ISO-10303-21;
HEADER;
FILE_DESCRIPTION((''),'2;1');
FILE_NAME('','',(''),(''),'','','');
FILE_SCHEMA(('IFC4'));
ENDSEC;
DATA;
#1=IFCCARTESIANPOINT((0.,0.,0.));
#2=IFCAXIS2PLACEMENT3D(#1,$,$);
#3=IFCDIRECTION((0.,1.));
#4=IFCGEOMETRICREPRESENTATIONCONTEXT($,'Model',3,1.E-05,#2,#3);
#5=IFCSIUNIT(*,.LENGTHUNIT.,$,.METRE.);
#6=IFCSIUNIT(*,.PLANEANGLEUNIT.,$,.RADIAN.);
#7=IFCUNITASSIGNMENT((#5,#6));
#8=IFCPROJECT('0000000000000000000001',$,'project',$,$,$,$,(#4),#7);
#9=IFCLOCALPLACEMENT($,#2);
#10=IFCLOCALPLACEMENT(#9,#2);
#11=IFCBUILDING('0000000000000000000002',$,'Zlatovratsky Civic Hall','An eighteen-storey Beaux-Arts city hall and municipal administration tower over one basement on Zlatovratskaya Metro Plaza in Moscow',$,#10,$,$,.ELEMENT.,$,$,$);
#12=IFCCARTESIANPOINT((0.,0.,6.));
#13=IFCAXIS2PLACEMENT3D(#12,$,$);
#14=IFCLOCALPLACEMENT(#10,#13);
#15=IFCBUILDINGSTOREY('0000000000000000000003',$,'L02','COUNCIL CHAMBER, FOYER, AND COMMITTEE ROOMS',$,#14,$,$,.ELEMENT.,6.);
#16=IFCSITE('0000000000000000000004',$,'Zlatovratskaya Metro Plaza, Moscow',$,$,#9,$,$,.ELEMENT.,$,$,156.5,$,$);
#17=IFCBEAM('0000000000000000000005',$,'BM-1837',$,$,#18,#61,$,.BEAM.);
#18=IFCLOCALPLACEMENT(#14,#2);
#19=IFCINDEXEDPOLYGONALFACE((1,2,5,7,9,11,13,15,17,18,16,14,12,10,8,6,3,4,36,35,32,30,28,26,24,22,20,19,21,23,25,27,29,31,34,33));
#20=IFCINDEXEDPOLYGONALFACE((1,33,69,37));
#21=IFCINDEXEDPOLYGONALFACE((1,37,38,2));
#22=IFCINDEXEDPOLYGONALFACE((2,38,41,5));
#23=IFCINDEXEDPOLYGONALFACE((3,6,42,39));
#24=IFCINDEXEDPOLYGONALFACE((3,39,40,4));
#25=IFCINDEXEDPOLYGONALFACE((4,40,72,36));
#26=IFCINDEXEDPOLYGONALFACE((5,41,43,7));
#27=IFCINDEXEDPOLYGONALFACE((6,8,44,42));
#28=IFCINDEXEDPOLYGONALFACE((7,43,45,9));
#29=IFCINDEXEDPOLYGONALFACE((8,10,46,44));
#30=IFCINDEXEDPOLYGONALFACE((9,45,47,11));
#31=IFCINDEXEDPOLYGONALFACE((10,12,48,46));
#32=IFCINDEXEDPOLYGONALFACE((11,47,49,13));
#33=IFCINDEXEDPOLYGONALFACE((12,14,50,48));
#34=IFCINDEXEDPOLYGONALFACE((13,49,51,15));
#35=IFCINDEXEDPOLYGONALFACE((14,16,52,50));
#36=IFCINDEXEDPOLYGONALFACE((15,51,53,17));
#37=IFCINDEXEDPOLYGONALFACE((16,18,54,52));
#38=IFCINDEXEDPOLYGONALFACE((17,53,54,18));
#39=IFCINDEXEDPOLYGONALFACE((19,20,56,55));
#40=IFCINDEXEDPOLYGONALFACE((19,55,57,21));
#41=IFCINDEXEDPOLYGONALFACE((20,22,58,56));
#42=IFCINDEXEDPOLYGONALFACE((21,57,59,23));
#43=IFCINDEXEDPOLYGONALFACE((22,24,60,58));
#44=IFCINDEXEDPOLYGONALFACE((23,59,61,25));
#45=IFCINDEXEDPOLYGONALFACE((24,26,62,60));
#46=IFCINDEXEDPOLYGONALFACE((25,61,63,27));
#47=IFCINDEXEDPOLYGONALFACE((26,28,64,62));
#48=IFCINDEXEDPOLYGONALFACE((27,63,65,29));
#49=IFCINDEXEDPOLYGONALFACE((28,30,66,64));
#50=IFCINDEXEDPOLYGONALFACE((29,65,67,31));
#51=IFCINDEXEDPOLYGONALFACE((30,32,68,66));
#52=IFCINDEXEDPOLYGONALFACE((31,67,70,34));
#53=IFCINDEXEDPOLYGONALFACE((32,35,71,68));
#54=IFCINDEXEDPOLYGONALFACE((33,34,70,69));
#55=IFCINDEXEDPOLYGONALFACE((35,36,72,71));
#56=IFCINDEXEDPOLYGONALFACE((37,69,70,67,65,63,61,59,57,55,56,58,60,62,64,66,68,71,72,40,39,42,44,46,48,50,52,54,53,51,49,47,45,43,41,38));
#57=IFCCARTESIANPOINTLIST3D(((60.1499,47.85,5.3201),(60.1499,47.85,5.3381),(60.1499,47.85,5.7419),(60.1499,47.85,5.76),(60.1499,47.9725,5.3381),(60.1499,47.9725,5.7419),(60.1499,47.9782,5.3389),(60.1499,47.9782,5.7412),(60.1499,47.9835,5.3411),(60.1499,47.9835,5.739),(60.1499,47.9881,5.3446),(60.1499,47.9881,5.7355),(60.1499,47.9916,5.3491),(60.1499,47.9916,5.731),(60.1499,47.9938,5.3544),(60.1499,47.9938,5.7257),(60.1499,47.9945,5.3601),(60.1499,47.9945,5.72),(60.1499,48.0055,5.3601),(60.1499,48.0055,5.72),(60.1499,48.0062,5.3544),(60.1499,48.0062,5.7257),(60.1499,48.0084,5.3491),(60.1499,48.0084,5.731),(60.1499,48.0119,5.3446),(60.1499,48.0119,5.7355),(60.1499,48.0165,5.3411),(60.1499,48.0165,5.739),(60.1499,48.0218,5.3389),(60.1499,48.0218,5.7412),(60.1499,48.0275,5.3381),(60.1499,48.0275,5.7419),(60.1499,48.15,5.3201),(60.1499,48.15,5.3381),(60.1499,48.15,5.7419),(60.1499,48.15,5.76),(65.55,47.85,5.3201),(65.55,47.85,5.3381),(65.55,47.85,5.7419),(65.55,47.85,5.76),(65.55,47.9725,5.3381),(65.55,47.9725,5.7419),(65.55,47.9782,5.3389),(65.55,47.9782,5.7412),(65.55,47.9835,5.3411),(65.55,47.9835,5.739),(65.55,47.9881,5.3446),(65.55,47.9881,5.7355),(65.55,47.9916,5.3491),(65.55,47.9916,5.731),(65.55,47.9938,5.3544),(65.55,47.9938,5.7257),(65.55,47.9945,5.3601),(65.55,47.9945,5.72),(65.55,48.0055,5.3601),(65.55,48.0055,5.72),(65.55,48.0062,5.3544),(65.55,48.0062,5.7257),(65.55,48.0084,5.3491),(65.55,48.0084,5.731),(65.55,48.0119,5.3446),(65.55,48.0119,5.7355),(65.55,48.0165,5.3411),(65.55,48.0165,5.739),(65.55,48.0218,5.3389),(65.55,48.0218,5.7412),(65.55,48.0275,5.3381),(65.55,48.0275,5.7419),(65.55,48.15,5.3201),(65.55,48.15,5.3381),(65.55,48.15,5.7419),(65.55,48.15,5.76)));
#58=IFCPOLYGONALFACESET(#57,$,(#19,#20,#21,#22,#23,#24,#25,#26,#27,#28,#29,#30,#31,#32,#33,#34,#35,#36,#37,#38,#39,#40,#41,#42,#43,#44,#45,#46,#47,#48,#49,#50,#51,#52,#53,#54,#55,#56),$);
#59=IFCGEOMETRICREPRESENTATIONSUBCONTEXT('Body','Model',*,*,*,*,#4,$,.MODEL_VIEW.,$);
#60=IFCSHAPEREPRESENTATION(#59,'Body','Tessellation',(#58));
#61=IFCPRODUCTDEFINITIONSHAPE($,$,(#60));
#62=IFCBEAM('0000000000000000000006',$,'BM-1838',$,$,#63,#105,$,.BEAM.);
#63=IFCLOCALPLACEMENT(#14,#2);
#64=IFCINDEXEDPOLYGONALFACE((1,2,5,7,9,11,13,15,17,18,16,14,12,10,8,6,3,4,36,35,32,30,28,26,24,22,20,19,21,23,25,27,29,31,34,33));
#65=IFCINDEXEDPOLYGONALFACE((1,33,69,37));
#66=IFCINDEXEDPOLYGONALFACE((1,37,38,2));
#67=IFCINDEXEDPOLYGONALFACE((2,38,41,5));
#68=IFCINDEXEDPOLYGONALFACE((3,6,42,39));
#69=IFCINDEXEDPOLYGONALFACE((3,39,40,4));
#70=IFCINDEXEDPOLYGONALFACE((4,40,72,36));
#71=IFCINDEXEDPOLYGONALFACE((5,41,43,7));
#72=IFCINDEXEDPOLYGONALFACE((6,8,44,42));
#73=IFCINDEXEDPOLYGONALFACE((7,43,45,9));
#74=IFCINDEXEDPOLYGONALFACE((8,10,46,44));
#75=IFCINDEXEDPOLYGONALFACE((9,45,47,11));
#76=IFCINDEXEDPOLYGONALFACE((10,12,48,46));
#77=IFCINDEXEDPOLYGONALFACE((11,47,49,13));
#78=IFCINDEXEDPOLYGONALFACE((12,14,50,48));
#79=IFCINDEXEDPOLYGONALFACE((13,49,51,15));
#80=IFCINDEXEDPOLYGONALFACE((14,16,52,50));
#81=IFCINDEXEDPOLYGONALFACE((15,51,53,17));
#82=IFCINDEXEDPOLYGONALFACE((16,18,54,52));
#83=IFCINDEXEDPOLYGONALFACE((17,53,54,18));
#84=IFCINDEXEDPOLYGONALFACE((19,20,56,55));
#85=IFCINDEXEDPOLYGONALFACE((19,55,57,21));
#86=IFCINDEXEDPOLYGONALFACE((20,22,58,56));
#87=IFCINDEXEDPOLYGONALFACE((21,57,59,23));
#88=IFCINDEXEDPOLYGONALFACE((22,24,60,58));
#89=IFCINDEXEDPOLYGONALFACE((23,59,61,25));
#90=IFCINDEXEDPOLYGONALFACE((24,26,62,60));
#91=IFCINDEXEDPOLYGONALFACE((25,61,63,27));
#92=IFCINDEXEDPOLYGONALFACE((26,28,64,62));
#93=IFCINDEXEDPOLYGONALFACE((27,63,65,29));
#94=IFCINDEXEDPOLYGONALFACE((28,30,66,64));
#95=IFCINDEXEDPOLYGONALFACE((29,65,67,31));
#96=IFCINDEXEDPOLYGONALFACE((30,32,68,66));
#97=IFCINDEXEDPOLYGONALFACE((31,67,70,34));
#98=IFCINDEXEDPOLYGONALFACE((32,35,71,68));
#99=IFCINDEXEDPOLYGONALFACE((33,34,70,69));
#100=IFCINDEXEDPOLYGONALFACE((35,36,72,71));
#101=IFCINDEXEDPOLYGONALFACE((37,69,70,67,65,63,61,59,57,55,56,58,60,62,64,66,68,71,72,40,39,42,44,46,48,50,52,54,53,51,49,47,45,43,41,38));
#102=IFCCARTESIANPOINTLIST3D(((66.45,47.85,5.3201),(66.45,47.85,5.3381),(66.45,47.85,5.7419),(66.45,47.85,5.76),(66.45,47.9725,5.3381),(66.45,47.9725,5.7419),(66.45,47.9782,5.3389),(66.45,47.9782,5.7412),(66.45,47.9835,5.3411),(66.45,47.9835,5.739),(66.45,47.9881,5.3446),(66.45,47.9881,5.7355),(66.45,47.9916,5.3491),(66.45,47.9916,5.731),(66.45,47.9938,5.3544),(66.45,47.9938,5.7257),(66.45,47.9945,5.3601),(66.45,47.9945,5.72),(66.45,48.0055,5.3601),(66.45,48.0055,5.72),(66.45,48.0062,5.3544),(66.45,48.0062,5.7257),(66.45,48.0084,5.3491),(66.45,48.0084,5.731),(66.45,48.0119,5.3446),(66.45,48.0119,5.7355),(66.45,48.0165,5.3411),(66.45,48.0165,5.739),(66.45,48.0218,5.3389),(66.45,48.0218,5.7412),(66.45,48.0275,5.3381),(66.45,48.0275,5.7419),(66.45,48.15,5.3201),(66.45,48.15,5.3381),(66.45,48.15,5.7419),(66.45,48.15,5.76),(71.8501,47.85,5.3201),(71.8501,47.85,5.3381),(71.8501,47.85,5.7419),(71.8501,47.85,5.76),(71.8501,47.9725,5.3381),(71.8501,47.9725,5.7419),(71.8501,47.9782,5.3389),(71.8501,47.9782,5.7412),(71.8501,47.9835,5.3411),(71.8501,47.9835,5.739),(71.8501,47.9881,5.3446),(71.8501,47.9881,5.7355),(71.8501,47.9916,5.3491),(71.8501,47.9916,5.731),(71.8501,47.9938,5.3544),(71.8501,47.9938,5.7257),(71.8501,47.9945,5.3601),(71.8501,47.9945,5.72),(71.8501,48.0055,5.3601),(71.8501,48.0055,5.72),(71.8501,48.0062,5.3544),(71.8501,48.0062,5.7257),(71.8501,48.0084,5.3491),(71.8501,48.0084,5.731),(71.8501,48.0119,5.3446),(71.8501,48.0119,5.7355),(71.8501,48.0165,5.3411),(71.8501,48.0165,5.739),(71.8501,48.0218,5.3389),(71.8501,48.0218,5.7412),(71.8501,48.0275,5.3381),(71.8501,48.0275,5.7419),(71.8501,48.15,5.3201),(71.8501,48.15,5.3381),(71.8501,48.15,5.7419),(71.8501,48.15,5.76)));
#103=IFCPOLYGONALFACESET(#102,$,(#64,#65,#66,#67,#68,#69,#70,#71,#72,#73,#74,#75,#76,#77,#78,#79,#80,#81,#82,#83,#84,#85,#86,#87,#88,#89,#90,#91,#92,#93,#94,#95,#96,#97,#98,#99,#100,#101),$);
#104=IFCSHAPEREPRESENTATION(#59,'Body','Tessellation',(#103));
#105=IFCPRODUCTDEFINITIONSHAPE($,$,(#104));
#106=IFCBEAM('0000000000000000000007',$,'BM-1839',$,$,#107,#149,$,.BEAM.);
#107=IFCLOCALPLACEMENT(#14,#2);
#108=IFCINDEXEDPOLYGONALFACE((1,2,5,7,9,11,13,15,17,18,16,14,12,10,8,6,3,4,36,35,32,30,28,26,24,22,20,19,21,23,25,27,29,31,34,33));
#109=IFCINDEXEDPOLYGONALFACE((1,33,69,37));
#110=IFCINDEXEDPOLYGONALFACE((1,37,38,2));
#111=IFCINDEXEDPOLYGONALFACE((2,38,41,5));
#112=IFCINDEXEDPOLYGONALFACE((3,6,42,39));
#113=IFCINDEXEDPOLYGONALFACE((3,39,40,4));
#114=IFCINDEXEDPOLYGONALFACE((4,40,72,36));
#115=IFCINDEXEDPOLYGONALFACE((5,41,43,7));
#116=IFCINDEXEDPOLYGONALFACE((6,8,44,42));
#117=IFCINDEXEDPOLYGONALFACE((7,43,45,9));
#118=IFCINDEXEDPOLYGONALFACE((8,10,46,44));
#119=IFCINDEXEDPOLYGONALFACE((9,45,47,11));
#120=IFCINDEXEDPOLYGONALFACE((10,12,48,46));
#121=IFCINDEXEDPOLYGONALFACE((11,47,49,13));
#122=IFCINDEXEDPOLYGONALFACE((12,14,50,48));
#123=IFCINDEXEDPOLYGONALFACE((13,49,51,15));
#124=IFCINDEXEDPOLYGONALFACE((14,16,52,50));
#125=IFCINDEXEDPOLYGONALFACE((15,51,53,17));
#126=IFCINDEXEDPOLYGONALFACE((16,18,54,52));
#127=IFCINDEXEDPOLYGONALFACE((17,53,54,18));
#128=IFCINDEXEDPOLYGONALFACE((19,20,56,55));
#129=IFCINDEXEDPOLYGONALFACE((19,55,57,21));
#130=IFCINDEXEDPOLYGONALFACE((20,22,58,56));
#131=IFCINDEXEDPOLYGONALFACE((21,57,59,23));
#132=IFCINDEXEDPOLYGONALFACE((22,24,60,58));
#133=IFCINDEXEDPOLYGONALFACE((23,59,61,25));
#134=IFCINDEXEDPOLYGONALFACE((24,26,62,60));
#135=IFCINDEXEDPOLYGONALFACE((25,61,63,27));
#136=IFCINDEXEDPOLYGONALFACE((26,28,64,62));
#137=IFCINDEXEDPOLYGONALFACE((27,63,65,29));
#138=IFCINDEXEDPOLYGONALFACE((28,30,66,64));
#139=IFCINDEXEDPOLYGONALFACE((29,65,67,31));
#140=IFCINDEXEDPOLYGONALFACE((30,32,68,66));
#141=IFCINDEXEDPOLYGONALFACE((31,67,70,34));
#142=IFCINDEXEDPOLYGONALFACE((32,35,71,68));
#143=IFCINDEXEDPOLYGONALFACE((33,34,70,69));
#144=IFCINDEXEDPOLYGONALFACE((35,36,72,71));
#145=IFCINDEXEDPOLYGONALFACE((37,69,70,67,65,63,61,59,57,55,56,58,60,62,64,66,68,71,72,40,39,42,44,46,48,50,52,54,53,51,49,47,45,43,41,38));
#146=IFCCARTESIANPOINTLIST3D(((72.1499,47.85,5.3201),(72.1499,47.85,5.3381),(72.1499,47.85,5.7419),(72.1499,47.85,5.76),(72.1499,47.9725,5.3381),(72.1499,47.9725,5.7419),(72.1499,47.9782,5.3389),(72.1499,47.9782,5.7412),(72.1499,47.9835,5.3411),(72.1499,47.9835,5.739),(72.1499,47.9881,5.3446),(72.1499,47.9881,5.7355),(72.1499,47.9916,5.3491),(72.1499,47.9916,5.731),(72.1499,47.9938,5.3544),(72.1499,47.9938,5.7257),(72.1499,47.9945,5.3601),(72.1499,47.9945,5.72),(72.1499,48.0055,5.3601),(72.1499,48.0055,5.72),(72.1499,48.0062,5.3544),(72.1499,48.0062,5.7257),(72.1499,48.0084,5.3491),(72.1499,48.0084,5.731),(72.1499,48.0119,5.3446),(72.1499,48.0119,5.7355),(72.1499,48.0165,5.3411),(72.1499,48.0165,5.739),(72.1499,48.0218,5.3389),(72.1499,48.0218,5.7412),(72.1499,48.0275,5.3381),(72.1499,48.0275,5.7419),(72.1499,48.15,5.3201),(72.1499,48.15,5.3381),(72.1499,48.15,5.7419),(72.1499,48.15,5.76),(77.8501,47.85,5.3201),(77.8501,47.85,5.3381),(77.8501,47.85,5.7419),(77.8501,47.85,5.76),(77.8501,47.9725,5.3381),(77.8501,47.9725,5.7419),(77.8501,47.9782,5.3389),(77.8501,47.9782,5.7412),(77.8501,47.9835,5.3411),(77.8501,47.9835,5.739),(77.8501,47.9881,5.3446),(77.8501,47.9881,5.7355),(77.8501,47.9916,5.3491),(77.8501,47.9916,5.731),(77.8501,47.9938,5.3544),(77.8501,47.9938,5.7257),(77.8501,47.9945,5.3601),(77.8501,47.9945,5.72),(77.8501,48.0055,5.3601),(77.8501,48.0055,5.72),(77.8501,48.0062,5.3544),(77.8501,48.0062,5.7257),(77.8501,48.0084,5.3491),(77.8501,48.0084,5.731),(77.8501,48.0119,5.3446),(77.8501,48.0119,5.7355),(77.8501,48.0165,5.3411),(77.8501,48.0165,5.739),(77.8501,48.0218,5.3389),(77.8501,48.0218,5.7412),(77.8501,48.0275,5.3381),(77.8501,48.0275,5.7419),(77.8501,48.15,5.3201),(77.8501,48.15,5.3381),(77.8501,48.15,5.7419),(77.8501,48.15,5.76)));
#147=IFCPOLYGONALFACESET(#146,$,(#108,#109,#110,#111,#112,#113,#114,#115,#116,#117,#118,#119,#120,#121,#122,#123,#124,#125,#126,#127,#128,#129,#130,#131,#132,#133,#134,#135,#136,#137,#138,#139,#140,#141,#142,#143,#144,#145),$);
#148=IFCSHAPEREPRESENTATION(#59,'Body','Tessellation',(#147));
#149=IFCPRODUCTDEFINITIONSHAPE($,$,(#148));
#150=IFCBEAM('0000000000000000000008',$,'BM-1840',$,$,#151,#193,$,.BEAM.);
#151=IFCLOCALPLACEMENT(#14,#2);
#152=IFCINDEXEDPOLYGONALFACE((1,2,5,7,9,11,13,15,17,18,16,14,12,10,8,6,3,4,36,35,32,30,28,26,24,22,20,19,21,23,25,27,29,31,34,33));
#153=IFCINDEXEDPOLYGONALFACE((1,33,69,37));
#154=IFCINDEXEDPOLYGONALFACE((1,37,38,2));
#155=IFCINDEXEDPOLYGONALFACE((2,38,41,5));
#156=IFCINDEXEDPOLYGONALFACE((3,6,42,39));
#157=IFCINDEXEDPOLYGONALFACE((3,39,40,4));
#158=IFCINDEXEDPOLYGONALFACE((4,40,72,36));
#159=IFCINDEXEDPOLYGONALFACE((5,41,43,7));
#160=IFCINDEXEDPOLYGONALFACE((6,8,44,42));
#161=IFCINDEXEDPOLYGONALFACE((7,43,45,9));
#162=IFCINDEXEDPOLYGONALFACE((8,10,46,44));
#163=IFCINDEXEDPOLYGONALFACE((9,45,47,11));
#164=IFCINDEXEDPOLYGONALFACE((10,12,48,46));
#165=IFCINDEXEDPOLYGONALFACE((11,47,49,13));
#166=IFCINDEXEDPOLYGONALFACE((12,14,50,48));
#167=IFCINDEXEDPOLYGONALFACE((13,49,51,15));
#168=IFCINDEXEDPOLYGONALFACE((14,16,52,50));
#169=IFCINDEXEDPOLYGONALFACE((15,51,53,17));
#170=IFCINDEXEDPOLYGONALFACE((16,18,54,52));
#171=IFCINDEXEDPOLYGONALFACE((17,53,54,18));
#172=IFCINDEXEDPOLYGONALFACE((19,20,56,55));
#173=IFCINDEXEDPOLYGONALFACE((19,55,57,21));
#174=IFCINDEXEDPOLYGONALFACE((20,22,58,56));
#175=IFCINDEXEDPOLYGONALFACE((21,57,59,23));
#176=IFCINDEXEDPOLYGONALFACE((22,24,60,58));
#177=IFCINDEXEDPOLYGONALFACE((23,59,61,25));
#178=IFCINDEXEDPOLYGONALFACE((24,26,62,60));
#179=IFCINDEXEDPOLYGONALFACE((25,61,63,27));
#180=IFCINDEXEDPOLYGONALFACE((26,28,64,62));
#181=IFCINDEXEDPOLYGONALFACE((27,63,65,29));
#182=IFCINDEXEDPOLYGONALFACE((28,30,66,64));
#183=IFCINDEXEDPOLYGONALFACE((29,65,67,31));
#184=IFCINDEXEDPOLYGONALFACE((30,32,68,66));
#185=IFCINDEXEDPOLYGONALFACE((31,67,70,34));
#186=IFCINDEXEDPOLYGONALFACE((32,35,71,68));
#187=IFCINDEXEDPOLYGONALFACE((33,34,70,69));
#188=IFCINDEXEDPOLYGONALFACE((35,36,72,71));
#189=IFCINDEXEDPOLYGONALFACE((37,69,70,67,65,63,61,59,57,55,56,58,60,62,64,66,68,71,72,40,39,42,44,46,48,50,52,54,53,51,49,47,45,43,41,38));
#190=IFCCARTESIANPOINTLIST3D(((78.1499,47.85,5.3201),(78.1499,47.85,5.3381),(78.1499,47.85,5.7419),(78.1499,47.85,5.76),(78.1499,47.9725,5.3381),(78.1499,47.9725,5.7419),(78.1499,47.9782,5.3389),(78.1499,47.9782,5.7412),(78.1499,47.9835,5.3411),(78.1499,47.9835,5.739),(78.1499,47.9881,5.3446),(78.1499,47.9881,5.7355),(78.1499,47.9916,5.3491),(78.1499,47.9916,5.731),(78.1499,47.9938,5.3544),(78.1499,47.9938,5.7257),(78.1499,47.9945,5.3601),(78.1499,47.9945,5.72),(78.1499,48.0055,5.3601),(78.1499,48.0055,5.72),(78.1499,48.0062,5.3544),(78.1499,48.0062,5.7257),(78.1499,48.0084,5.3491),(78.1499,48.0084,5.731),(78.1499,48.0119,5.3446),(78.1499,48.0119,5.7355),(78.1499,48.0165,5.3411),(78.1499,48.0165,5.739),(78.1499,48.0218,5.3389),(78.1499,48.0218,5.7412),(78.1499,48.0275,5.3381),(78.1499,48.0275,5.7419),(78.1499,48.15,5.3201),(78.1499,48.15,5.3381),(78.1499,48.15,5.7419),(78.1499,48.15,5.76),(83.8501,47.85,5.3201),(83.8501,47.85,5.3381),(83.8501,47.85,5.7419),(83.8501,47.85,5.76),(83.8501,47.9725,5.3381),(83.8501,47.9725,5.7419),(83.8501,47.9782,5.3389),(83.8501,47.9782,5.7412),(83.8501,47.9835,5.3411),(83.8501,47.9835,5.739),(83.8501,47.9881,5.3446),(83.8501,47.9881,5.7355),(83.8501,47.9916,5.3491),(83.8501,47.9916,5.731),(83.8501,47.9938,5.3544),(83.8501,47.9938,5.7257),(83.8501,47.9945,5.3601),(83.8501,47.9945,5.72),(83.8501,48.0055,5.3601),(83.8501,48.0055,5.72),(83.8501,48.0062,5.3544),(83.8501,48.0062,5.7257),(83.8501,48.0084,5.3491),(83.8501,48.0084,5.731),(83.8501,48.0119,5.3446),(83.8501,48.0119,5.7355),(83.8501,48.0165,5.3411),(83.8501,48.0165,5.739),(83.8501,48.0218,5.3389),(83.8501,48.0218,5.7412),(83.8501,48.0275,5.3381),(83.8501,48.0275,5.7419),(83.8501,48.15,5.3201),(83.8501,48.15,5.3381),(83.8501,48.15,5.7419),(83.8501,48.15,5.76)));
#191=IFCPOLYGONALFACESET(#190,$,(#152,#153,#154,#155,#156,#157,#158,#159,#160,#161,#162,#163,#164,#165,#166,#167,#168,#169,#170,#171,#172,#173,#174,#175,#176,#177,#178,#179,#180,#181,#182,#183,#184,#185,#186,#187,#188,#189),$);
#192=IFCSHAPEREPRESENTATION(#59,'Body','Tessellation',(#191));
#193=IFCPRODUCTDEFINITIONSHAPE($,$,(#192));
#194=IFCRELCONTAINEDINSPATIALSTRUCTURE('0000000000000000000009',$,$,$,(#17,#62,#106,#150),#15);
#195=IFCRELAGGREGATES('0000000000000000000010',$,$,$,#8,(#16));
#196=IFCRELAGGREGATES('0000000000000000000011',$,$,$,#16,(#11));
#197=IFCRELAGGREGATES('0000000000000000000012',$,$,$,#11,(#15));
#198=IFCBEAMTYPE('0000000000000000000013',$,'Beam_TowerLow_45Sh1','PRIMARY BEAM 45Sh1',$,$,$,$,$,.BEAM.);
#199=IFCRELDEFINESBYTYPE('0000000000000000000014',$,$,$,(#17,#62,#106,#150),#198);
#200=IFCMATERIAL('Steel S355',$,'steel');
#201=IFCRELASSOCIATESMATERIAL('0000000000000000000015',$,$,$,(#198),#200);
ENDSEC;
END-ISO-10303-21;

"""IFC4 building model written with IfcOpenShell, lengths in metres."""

from ifc_helpers import new_model, si_unit, direction, frame, origin, origin_2d, place, context, subcontext, project, spatial, i_section, extrude, material, material_profile, profile_set, type_object, element, save


model = new_model("IFC4")

# Units and contexts
model_context = context("Model", 3, precision=1e-05, world=origin(), true_north=direction((0.0, 1.0)))
body_context = subcontext(model_context, "Body", "Model", "MODEL_VIEW")
ifc_project = project(units=[si_unit("LENGTHUNIT", "METRE"), si_unit("PLANEANGLEUNIT", "RADIAN")], contexts=[model_context])

# Site, building, storey
site_placement = place(None, origin())
site = spatial("IfcSite", under=ifc_project, at=site_placement, Name="Zlatovratskaya Metro Plaza, Moscow", CompositionType="ELEMENT", RefElevation=156.5)
building_placement = place(site_placement, origin())
building = spatial("IfcBuilding", under=site, at=building_placement, Name="Zlatovratsky Civic Hall", Description="An eighteen-storey Beaux-Arts city hall and municipal administration tower over one basement on Zlatovratskaya Metro Plaza in Moscow", CompositionType="ELEMENT")
storey_placement = place(building_placement, frame((0.0, 0.0, 6.0)))
storey = spatial("IfcBuildingStorey", under=building, at=storey_placement, Name="L02", Description="COUNCIL CHAMBER, FOYER, AND COMMITTEE ROOMS", CompositionType="ELEMENT", Elevation=6.0)

# Shared definitions
ifc_material_1 = material(Name="Steel S355", Category="steel")

# Beams
ifc_material_profile_1 = material_profile(ifc_material_1, i_section(OverallWidth=0.3, OverallDepth=0.4399, WebThickness=0.011, FlangeThickness=0.0181, FilletRadius=0.022, at=origin_2d()), Name="45Sh1")
ifc_profile_set_1 = profile_set([ifc_material_profile_1], Name="Steel S355")
beam_type = type_object("IfcBeamType", Name="Beam_TowerLow_45Sh1", Description="PRIMARY BEAM 45Sh1", PredefinedType="BEAM", material=ifc_profile_set_1)
for number, where, z_axis, x_axis, name in (
    (1, (60.1499, 48.0, 5.54), (1.0, 0.0, 0.0), (0.0, 1.0, 0.0), "BM-1837"),
    (2, (66.45, 48.0, 5.54), (1.0, 0.0, 0.0), (0.0, 1.0, 0.0), "BM-1838"),
):
    element("IfcBeam", number, at=place(storey_placement, frame(where, z_axis=z_axis, x_axis=x_axis)), inside=storey, type_object=beam_type, Name=name, PredefinedType="BEAM", context=body_context, shape_type="SweptSolid", body=[
        extrude(i_section(OverallWidth=0.3, OverallDepth=0.4399, WebThickness=0.011, FlangeThickness=0.0181, FilletRadius=0.022, at=origin_2d()), origin(), (0.0, 0.0, 1.0), 5.4001),
    ])
for number, where, z_axis, x_axis, name in (
    (3, (72.1499, 48.0, 5.54), (1.0, 0.0, 0.0), (0.0, 1.0, 0.0), "BM-1839"),
    (4, (78.1499, 48.0, 5.54), (1.0, 0.0, 0.0), (0.0, 1.0, 0.0), "BM-1840"),
):
    element("IfcBeam", number, at=place(storey_placement, frame(where, z_axis=z_axis, x_axis=x_axis)), inside=storey, type_object=beam_type, Name=name, PredefinedType="BEAM", context=body_context, shape_type="SweptSolid", body=[
        extrude(i_section(OverallWidth=0.3, OverallDepth=0.4399, WebThickness=0.011, FlangeThickness=0.0181, FilletRadius=0.022, at=origin_2d()), origin(), (0.0, 0.0, 1.0), 5.7002),
    ])

save(model, "model.ifc")
